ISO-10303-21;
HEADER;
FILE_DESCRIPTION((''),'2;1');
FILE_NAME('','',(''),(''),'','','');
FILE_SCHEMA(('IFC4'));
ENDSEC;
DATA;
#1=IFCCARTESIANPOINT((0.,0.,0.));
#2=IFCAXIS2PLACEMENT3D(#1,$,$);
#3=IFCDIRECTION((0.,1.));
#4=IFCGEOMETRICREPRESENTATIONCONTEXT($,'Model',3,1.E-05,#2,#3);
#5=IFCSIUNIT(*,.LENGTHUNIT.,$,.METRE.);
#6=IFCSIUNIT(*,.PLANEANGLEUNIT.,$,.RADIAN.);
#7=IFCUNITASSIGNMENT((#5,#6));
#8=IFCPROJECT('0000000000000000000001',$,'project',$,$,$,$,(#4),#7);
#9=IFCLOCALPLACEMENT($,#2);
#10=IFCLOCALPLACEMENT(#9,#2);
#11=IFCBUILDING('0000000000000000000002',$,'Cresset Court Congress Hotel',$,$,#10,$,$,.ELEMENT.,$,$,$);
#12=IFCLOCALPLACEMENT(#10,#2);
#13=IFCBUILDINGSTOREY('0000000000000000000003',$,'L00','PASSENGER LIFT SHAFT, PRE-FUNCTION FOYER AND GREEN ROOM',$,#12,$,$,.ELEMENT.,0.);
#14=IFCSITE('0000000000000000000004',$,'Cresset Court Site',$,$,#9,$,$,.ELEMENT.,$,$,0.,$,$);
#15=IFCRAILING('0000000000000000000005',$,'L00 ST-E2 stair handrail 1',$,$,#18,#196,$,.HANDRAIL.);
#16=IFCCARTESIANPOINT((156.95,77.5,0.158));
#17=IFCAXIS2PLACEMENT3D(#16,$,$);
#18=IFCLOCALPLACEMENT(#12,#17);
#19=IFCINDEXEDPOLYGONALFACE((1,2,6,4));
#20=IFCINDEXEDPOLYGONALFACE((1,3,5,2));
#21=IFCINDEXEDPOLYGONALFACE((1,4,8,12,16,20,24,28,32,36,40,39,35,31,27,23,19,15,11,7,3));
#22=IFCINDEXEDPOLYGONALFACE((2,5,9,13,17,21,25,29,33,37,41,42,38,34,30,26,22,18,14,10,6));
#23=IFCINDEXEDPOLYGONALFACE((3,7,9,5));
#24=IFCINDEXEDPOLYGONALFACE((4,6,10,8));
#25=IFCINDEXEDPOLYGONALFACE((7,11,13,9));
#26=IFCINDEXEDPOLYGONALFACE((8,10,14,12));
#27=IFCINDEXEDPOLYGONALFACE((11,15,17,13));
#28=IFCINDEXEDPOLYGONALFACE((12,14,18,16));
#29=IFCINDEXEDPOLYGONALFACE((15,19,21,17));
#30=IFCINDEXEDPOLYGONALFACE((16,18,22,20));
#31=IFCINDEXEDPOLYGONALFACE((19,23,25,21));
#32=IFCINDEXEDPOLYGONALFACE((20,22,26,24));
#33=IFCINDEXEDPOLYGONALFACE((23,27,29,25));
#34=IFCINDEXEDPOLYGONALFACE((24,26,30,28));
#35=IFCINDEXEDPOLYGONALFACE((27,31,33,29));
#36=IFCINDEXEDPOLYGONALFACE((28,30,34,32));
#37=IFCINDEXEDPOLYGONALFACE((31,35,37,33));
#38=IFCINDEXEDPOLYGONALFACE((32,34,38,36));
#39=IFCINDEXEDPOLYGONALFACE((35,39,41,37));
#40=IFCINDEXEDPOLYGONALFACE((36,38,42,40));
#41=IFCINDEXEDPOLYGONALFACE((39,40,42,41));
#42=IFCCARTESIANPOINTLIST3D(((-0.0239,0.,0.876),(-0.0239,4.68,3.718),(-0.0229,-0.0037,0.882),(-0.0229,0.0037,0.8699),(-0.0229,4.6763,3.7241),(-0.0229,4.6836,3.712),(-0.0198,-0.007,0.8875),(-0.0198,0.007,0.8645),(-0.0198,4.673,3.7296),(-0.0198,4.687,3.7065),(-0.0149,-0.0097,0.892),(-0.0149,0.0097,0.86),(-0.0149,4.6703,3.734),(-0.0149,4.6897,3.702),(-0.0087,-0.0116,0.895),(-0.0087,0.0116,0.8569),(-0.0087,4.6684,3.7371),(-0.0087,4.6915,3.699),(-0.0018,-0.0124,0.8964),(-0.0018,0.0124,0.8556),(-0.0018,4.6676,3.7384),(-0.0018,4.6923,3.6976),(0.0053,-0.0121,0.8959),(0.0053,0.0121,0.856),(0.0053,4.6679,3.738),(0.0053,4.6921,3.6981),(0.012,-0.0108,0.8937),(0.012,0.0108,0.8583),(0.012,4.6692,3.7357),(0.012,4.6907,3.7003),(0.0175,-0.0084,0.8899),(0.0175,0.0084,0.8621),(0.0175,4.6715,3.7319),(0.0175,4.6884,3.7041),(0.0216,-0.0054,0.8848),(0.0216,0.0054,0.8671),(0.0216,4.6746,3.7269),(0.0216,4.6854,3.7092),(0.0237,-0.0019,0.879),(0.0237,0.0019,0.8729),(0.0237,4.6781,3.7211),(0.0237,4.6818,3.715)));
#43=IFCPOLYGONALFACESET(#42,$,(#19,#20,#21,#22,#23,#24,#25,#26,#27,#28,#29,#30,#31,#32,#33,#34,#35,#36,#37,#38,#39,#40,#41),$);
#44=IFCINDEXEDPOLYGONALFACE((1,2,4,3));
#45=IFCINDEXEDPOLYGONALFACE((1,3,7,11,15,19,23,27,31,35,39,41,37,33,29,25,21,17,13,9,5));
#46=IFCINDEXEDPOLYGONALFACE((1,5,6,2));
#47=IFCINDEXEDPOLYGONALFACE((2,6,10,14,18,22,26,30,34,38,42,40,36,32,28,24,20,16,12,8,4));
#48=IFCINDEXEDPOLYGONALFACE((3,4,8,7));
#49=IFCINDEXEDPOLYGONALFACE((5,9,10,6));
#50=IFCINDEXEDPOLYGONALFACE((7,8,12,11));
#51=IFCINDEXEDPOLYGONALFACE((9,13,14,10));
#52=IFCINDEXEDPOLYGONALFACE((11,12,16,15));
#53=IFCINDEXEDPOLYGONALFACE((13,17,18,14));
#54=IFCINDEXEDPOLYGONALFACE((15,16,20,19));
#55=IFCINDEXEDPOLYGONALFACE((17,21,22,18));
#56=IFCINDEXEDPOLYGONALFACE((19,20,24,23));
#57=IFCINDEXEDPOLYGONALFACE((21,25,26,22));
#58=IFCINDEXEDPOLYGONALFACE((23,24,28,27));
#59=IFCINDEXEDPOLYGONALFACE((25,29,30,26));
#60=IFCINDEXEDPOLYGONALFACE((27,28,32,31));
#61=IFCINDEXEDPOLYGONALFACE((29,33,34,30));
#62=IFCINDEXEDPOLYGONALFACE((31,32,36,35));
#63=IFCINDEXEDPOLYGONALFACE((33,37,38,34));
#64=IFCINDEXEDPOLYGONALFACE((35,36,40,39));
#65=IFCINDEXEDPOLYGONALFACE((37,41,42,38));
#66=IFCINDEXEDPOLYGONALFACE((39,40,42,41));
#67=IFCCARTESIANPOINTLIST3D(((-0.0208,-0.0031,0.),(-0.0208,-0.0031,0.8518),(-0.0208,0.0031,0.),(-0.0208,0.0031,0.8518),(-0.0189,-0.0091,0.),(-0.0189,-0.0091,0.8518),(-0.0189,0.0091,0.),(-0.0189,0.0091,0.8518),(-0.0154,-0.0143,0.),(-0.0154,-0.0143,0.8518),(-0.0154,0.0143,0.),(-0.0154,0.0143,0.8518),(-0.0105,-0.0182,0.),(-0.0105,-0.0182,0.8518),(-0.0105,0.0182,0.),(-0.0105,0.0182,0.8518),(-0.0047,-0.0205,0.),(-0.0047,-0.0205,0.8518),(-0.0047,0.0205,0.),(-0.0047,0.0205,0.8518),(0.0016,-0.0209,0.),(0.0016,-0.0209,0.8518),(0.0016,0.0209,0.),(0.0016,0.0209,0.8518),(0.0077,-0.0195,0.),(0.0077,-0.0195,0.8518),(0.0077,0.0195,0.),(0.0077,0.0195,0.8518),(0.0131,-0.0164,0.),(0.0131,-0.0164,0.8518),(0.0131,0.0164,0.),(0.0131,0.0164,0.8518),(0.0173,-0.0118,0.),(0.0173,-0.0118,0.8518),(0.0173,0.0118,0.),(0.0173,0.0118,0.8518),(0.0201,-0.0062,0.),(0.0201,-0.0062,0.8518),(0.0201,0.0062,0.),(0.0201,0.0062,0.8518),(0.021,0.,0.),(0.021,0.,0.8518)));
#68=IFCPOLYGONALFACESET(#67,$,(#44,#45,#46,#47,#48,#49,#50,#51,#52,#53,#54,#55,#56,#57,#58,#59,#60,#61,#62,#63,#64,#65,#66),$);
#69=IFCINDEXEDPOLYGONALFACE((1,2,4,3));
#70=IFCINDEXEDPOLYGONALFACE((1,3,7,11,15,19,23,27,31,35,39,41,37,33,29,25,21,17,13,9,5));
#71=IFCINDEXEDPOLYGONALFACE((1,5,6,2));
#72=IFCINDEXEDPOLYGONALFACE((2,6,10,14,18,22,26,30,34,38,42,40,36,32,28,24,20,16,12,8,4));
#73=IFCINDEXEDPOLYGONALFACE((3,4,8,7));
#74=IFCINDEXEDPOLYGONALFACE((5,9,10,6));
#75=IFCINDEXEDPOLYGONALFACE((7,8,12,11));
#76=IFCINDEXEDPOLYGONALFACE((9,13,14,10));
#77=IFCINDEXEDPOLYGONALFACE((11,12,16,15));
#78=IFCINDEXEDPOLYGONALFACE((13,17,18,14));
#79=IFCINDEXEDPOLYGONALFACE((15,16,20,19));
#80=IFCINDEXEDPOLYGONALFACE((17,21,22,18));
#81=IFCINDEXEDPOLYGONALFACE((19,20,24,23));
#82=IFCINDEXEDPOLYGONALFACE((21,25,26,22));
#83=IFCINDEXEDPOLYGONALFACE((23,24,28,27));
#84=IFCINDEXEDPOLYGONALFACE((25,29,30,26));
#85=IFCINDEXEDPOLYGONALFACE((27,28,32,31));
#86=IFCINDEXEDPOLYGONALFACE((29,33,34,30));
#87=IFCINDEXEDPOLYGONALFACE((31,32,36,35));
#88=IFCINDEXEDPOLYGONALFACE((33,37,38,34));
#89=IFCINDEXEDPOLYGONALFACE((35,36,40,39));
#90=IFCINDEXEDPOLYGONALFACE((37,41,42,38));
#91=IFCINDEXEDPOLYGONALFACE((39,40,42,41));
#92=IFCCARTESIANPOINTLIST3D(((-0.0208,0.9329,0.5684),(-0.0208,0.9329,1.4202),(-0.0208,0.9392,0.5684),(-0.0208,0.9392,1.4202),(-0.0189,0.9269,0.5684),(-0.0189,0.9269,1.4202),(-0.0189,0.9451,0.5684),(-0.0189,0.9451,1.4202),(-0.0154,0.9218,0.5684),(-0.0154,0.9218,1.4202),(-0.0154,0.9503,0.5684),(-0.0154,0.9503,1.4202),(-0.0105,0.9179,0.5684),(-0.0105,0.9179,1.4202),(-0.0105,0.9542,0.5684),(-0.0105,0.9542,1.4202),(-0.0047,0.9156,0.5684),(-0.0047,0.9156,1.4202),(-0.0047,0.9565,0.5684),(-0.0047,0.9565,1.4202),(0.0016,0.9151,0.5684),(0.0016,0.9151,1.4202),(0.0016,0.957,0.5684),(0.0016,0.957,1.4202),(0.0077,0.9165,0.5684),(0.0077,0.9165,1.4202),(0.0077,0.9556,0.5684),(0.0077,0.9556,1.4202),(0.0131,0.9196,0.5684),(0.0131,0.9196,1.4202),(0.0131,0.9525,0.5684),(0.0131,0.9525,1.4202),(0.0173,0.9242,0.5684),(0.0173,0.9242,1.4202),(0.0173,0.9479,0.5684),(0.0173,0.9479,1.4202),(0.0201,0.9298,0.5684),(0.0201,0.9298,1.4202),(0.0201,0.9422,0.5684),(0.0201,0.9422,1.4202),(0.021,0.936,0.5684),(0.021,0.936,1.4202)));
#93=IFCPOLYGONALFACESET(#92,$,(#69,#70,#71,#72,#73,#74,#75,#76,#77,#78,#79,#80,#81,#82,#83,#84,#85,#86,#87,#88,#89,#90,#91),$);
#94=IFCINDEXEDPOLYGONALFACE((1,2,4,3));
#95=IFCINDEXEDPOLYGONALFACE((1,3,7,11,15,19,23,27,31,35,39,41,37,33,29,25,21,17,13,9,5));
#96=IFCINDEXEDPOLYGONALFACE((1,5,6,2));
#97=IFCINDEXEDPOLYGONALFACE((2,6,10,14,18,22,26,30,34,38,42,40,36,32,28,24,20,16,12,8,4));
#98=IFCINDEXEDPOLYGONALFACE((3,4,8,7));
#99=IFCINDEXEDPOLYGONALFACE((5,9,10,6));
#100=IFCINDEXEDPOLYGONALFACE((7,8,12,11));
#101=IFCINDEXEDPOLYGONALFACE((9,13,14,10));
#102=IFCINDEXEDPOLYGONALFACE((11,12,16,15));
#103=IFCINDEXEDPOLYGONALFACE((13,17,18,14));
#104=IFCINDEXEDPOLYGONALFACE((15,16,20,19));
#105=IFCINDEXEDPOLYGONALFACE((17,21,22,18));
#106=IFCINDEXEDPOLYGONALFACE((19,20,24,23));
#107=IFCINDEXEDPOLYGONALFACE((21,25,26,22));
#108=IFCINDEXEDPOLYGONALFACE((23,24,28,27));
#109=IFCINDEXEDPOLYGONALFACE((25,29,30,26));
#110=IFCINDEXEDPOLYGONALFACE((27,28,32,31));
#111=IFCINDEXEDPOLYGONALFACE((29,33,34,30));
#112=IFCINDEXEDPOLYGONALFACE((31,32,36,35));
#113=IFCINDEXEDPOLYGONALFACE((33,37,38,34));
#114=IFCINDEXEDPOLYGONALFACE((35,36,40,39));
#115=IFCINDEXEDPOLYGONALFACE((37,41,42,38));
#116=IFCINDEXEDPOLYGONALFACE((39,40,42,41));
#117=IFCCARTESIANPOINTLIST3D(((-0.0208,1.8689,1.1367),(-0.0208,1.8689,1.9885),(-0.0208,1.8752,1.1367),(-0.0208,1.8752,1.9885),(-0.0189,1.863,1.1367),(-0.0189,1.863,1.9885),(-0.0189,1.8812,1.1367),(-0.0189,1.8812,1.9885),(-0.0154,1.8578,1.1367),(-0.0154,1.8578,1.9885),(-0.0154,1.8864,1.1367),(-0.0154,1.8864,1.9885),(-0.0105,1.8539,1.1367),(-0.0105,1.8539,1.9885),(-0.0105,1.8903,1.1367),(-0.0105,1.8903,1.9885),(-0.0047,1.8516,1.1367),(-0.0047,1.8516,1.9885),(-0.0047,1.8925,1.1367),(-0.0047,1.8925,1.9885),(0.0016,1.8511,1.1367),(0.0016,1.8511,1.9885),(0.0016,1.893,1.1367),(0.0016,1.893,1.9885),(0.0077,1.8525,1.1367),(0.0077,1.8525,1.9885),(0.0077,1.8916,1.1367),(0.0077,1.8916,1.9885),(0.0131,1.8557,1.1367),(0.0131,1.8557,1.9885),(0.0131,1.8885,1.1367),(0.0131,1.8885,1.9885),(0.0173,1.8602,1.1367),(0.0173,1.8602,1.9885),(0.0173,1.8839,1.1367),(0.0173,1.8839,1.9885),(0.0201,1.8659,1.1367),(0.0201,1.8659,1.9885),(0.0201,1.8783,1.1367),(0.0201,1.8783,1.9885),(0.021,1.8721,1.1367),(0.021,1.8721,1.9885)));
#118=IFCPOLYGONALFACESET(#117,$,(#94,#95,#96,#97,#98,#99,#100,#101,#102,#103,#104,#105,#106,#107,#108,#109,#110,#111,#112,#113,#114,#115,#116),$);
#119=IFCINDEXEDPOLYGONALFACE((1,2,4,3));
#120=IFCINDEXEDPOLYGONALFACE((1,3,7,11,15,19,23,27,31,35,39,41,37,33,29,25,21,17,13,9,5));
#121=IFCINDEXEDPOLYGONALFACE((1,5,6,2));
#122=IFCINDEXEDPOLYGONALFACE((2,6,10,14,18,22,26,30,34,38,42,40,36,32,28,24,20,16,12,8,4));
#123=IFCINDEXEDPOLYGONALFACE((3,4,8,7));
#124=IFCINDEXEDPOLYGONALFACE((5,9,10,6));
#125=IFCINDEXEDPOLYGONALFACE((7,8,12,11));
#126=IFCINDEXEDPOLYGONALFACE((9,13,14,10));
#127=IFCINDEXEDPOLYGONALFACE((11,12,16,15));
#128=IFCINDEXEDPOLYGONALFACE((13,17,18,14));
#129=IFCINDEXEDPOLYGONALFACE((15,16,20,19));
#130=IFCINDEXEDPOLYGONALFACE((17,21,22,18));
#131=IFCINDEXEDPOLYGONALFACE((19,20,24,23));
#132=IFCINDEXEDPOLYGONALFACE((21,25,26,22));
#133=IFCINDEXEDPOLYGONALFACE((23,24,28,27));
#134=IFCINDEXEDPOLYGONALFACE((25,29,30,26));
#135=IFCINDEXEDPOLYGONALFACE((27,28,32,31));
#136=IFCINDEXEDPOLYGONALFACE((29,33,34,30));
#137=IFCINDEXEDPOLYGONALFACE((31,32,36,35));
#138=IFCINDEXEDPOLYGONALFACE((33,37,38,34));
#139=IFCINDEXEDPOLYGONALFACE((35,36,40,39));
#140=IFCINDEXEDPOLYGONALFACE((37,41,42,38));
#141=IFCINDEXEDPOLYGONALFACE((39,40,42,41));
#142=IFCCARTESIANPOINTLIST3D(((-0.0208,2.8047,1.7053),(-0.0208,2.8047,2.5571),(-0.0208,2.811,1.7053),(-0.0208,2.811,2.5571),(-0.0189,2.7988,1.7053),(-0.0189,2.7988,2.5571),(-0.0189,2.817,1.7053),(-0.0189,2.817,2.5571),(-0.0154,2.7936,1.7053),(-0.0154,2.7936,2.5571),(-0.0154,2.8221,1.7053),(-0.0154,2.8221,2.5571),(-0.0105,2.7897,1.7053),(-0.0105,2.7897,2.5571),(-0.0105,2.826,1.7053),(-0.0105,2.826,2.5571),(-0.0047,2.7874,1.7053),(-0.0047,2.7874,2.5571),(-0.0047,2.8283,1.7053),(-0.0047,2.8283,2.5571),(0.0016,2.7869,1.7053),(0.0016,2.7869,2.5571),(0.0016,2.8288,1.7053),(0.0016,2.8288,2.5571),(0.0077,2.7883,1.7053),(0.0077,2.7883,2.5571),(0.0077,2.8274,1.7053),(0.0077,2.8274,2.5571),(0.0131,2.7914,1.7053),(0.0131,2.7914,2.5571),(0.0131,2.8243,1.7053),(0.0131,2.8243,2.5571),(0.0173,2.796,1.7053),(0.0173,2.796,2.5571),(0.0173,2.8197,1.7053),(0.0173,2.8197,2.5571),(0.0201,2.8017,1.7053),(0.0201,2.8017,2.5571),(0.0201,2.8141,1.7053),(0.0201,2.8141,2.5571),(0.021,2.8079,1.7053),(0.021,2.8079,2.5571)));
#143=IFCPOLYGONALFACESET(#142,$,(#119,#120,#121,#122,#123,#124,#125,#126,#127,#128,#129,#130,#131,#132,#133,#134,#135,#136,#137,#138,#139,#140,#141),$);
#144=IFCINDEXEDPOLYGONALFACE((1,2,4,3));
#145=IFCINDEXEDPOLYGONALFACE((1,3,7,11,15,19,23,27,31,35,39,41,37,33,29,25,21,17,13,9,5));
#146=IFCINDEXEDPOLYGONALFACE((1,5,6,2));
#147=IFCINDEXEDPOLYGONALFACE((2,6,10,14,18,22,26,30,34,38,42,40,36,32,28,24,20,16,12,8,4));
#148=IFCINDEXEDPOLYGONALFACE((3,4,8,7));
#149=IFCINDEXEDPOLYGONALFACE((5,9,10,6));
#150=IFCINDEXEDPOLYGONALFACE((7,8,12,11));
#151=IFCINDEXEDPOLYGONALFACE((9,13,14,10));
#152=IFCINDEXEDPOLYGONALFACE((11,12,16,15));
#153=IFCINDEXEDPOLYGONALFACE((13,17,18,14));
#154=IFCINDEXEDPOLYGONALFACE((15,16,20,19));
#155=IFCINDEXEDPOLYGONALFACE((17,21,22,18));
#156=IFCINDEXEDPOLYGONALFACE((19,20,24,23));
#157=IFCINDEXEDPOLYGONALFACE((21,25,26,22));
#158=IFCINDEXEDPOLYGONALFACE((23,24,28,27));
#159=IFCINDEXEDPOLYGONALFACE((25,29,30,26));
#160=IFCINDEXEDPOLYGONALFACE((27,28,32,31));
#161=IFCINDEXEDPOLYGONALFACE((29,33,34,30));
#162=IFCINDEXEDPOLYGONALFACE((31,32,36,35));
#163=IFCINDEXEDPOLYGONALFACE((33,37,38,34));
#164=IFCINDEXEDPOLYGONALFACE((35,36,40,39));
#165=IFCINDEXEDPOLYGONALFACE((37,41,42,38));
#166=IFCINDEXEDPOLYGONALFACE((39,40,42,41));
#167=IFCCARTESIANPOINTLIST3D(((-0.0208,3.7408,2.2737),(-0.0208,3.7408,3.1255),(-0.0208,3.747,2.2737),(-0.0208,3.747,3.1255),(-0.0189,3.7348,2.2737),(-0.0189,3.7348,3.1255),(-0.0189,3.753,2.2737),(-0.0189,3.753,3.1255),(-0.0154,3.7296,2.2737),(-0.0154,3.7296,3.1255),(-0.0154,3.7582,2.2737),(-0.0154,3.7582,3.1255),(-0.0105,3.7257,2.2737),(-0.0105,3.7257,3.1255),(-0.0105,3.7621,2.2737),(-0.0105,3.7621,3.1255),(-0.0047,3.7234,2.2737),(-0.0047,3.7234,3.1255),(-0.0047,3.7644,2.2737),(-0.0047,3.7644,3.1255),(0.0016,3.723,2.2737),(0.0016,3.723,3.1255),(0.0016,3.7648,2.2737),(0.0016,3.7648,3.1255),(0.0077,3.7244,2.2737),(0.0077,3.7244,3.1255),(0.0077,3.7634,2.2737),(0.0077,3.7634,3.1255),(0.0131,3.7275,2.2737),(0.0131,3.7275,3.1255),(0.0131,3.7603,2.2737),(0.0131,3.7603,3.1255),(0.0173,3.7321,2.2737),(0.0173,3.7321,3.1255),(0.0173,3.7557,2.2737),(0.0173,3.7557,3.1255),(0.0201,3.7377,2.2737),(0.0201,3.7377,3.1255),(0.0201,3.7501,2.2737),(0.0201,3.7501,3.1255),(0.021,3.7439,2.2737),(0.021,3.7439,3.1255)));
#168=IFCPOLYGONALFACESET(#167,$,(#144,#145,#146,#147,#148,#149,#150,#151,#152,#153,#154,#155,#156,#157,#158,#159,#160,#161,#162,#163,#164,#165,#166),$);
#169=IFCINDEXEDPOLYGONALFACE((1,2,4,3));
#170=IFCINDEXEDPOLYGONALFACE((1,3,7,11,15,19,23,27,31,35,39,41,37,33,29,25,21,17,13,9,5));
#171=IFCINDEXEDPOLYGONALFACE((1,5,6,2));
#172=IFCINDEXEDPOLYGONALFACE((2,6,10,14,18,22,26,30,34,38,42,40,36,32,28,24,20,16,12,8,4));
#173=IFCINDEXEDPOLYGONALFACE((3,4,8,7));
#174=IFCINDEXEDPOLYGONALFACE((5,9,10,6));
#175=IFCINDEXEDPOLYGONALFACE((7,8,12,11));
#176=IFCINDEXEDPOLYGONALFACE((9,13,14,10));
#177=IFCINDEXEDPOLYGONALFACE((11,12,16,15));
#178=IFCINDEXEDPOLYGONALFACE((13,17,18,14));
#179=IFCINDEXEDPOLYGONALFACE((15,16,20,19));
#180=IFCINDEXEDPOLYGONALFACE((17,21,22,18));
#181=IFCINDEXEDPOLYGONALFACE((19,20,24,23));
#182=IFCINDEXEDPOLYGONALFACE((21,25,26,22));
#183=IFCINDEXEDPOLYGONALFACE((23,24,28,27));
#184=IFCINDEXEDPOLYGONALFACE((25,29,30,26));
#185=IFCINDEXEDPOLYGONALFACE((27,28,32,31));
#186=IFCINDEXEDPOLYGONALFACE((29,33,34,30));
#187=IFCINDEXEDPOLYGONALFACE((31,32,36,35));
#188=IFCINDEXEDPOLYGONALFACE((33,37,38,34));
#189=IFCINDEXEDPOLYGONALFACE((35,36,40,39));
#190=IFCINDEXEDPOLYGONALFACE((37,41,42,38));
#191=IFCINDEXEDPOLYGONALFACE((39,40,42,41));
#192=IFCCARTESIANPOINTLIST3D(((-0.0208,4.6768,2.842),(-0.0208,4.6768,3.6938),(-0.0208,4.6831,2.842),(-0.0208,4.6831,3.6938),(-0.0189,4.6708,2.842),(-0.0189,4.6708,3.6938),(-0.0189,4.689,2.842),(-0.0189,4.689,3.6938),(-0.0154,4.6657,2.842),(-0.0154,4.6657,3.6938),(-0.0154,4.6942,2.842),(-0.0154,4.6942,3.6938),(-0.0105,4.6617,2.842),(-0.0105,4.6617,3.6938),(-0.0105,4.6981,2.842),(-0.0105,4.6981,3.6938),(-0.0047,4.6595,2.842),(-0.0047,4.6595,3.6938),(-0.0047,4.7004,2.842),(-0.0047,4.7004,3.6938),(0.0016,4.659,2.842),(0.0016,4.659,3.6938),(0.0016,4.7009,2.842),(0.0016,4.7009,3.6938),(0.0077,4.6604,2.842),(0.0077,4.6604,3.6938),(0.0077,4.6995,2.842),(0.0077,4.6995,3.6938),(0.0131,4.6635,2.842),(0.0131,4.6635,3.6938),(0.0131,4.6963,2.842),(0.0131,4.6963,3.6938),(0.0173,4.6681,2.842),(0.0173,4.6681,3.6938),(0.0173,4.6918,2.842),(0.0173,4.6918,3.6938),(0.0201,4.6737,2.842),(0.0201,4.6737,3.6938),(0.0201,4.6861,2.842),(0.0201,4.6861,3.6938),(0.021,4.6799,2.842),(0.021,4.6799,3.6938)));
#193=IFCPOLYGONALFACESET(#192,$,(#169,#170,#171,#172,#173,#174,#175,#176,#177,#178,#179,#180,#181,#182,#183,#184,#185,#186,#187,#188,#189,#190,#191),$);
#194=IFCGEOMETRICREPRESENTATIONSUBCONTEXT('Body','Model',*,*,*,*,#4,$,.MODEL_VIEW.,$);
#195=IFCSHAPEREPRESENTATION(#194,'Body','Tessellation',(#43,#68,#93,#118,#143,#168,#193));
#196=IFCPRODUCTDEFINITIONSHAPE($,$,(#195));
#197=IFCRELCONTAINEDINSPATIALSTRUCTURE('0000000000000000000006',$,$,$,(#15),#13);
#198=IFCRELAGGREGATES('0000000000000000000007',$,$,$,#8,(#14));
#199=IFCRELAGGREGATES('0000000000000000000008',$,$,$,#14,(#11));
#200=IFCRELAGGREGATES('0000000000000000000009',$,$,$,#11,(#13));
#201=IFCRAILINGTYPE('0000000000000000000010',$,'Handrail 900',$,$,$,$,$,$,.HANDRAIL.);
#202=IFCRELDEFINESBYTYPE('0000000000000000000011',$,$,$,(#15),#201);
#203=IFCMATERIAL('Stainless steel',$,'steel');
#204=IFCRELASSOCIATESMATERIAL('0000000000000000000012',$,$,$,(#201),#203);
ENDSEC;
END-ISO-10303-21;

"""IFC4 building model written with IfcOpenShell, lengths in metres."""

from ifc_helpers import new_model, si_unit, direction, frame, origin, origin_2d, place, context, subcontext, project, spatial, circle, extrude, material, type_object, element, save


model = new_model("IFC4")

# Units and contexts
model_context = context("Model", 3, precision=1e-05, world=origin(), true_north=direction((0.0, 1.0)))
body_context = subcontext(model_context, "Body", "Model", "MODEL_VIEW")
ifc_project = project(units=[si_unit("LENGTHUNIT", "METRE"), si_unit("PLANEANGLEUNIT", "RADIAN")], contexts=[model_context])

# Site, building, storey
site_placement = place(None, origin())
site = spatial("IfcSite", under=ifc_project, at=site_placement, Name="Cresset Court Site", CompositionType="ELEMENT", RefElevation=0.0)
building_placement = place(site_placement, origin())
building = spatial("IfcBuilding", under=site, at=building_placement, Name="Cresset Court Congress Hotel", CompositionType="ELEMENT")
storey_placement = place(building_placement, origin())
storey = spatial("IfcBuildingStorey", under=building, at=storey_placement, Name="L00", Description="PASSENGER LIFT SHAFT, PRE-FUNCTION FOYER AND GREEN ROOM", CompositionType="ELEMENT", Elevation=0.0)

# Railing
ifc_material_1 = material(Name="Stainless steel", Category="steel")
railing_type_1 = type_object("IfcRailingType", Name="Handrail 900", PredefinedType="HANDRAIL", material=ifc_material_1)
railing_1_placement = place(storey_placement, frame((156.95, 77.5, 0.158)))
element("IfcRailing", 1, at=railing_1_placement, inside=storey, type_object=railing_type_1, Name="L00 ST-E2 stair handrail 1", PredefinedType="HANDRAIL", context=body_context, shape_type="SweptSolid", body=[
    extrude(circle(Radius=0.0239, at=origin_2d()), frame((0.0, 0.0, 0.876), z_axis=(0.0, 0.854735, 0.519065), x_axis=(-1.0, 0.0, 0.0)), (0.0, 0.0, 1.0), 5.4753),
    extrude(circle(Radius=0.021, at=origin_2d()), origin(), (0.0, 0.0, 1.0), 0.8518),
    extrude(circle(Radius=0.021, at=origin_2d()), frame((0.0, 0.936, 0.5684)), (0.0, 0.0, 1.0), 0.8518),
    extrude(circle(Radius=0.021, at=origin_2d()), frame((0.0, 1.8721, 1.1367)), (0.0, 0.0, 1.0), 0.8518),
    extrude(circle(Radius=0.021, at=origin_2d()), frame((0.0, 2.8079, 1.7053)), (0.0, 0.0, 1.0), 0.8518),
    extrude(circle(Radius=0.021, at=origin_2d()), frame((0.0, 3.7439, 2.2737)), (0.0, 0.0, 1.0), 0.8518),
    extrude(circle(Radius=0.021, at=origin_2d()), frame((0.0, 4.6799, 2.842)), (0.0, 0.0, 1.0), 0.8518),
])

save(model, "model.ifc")
